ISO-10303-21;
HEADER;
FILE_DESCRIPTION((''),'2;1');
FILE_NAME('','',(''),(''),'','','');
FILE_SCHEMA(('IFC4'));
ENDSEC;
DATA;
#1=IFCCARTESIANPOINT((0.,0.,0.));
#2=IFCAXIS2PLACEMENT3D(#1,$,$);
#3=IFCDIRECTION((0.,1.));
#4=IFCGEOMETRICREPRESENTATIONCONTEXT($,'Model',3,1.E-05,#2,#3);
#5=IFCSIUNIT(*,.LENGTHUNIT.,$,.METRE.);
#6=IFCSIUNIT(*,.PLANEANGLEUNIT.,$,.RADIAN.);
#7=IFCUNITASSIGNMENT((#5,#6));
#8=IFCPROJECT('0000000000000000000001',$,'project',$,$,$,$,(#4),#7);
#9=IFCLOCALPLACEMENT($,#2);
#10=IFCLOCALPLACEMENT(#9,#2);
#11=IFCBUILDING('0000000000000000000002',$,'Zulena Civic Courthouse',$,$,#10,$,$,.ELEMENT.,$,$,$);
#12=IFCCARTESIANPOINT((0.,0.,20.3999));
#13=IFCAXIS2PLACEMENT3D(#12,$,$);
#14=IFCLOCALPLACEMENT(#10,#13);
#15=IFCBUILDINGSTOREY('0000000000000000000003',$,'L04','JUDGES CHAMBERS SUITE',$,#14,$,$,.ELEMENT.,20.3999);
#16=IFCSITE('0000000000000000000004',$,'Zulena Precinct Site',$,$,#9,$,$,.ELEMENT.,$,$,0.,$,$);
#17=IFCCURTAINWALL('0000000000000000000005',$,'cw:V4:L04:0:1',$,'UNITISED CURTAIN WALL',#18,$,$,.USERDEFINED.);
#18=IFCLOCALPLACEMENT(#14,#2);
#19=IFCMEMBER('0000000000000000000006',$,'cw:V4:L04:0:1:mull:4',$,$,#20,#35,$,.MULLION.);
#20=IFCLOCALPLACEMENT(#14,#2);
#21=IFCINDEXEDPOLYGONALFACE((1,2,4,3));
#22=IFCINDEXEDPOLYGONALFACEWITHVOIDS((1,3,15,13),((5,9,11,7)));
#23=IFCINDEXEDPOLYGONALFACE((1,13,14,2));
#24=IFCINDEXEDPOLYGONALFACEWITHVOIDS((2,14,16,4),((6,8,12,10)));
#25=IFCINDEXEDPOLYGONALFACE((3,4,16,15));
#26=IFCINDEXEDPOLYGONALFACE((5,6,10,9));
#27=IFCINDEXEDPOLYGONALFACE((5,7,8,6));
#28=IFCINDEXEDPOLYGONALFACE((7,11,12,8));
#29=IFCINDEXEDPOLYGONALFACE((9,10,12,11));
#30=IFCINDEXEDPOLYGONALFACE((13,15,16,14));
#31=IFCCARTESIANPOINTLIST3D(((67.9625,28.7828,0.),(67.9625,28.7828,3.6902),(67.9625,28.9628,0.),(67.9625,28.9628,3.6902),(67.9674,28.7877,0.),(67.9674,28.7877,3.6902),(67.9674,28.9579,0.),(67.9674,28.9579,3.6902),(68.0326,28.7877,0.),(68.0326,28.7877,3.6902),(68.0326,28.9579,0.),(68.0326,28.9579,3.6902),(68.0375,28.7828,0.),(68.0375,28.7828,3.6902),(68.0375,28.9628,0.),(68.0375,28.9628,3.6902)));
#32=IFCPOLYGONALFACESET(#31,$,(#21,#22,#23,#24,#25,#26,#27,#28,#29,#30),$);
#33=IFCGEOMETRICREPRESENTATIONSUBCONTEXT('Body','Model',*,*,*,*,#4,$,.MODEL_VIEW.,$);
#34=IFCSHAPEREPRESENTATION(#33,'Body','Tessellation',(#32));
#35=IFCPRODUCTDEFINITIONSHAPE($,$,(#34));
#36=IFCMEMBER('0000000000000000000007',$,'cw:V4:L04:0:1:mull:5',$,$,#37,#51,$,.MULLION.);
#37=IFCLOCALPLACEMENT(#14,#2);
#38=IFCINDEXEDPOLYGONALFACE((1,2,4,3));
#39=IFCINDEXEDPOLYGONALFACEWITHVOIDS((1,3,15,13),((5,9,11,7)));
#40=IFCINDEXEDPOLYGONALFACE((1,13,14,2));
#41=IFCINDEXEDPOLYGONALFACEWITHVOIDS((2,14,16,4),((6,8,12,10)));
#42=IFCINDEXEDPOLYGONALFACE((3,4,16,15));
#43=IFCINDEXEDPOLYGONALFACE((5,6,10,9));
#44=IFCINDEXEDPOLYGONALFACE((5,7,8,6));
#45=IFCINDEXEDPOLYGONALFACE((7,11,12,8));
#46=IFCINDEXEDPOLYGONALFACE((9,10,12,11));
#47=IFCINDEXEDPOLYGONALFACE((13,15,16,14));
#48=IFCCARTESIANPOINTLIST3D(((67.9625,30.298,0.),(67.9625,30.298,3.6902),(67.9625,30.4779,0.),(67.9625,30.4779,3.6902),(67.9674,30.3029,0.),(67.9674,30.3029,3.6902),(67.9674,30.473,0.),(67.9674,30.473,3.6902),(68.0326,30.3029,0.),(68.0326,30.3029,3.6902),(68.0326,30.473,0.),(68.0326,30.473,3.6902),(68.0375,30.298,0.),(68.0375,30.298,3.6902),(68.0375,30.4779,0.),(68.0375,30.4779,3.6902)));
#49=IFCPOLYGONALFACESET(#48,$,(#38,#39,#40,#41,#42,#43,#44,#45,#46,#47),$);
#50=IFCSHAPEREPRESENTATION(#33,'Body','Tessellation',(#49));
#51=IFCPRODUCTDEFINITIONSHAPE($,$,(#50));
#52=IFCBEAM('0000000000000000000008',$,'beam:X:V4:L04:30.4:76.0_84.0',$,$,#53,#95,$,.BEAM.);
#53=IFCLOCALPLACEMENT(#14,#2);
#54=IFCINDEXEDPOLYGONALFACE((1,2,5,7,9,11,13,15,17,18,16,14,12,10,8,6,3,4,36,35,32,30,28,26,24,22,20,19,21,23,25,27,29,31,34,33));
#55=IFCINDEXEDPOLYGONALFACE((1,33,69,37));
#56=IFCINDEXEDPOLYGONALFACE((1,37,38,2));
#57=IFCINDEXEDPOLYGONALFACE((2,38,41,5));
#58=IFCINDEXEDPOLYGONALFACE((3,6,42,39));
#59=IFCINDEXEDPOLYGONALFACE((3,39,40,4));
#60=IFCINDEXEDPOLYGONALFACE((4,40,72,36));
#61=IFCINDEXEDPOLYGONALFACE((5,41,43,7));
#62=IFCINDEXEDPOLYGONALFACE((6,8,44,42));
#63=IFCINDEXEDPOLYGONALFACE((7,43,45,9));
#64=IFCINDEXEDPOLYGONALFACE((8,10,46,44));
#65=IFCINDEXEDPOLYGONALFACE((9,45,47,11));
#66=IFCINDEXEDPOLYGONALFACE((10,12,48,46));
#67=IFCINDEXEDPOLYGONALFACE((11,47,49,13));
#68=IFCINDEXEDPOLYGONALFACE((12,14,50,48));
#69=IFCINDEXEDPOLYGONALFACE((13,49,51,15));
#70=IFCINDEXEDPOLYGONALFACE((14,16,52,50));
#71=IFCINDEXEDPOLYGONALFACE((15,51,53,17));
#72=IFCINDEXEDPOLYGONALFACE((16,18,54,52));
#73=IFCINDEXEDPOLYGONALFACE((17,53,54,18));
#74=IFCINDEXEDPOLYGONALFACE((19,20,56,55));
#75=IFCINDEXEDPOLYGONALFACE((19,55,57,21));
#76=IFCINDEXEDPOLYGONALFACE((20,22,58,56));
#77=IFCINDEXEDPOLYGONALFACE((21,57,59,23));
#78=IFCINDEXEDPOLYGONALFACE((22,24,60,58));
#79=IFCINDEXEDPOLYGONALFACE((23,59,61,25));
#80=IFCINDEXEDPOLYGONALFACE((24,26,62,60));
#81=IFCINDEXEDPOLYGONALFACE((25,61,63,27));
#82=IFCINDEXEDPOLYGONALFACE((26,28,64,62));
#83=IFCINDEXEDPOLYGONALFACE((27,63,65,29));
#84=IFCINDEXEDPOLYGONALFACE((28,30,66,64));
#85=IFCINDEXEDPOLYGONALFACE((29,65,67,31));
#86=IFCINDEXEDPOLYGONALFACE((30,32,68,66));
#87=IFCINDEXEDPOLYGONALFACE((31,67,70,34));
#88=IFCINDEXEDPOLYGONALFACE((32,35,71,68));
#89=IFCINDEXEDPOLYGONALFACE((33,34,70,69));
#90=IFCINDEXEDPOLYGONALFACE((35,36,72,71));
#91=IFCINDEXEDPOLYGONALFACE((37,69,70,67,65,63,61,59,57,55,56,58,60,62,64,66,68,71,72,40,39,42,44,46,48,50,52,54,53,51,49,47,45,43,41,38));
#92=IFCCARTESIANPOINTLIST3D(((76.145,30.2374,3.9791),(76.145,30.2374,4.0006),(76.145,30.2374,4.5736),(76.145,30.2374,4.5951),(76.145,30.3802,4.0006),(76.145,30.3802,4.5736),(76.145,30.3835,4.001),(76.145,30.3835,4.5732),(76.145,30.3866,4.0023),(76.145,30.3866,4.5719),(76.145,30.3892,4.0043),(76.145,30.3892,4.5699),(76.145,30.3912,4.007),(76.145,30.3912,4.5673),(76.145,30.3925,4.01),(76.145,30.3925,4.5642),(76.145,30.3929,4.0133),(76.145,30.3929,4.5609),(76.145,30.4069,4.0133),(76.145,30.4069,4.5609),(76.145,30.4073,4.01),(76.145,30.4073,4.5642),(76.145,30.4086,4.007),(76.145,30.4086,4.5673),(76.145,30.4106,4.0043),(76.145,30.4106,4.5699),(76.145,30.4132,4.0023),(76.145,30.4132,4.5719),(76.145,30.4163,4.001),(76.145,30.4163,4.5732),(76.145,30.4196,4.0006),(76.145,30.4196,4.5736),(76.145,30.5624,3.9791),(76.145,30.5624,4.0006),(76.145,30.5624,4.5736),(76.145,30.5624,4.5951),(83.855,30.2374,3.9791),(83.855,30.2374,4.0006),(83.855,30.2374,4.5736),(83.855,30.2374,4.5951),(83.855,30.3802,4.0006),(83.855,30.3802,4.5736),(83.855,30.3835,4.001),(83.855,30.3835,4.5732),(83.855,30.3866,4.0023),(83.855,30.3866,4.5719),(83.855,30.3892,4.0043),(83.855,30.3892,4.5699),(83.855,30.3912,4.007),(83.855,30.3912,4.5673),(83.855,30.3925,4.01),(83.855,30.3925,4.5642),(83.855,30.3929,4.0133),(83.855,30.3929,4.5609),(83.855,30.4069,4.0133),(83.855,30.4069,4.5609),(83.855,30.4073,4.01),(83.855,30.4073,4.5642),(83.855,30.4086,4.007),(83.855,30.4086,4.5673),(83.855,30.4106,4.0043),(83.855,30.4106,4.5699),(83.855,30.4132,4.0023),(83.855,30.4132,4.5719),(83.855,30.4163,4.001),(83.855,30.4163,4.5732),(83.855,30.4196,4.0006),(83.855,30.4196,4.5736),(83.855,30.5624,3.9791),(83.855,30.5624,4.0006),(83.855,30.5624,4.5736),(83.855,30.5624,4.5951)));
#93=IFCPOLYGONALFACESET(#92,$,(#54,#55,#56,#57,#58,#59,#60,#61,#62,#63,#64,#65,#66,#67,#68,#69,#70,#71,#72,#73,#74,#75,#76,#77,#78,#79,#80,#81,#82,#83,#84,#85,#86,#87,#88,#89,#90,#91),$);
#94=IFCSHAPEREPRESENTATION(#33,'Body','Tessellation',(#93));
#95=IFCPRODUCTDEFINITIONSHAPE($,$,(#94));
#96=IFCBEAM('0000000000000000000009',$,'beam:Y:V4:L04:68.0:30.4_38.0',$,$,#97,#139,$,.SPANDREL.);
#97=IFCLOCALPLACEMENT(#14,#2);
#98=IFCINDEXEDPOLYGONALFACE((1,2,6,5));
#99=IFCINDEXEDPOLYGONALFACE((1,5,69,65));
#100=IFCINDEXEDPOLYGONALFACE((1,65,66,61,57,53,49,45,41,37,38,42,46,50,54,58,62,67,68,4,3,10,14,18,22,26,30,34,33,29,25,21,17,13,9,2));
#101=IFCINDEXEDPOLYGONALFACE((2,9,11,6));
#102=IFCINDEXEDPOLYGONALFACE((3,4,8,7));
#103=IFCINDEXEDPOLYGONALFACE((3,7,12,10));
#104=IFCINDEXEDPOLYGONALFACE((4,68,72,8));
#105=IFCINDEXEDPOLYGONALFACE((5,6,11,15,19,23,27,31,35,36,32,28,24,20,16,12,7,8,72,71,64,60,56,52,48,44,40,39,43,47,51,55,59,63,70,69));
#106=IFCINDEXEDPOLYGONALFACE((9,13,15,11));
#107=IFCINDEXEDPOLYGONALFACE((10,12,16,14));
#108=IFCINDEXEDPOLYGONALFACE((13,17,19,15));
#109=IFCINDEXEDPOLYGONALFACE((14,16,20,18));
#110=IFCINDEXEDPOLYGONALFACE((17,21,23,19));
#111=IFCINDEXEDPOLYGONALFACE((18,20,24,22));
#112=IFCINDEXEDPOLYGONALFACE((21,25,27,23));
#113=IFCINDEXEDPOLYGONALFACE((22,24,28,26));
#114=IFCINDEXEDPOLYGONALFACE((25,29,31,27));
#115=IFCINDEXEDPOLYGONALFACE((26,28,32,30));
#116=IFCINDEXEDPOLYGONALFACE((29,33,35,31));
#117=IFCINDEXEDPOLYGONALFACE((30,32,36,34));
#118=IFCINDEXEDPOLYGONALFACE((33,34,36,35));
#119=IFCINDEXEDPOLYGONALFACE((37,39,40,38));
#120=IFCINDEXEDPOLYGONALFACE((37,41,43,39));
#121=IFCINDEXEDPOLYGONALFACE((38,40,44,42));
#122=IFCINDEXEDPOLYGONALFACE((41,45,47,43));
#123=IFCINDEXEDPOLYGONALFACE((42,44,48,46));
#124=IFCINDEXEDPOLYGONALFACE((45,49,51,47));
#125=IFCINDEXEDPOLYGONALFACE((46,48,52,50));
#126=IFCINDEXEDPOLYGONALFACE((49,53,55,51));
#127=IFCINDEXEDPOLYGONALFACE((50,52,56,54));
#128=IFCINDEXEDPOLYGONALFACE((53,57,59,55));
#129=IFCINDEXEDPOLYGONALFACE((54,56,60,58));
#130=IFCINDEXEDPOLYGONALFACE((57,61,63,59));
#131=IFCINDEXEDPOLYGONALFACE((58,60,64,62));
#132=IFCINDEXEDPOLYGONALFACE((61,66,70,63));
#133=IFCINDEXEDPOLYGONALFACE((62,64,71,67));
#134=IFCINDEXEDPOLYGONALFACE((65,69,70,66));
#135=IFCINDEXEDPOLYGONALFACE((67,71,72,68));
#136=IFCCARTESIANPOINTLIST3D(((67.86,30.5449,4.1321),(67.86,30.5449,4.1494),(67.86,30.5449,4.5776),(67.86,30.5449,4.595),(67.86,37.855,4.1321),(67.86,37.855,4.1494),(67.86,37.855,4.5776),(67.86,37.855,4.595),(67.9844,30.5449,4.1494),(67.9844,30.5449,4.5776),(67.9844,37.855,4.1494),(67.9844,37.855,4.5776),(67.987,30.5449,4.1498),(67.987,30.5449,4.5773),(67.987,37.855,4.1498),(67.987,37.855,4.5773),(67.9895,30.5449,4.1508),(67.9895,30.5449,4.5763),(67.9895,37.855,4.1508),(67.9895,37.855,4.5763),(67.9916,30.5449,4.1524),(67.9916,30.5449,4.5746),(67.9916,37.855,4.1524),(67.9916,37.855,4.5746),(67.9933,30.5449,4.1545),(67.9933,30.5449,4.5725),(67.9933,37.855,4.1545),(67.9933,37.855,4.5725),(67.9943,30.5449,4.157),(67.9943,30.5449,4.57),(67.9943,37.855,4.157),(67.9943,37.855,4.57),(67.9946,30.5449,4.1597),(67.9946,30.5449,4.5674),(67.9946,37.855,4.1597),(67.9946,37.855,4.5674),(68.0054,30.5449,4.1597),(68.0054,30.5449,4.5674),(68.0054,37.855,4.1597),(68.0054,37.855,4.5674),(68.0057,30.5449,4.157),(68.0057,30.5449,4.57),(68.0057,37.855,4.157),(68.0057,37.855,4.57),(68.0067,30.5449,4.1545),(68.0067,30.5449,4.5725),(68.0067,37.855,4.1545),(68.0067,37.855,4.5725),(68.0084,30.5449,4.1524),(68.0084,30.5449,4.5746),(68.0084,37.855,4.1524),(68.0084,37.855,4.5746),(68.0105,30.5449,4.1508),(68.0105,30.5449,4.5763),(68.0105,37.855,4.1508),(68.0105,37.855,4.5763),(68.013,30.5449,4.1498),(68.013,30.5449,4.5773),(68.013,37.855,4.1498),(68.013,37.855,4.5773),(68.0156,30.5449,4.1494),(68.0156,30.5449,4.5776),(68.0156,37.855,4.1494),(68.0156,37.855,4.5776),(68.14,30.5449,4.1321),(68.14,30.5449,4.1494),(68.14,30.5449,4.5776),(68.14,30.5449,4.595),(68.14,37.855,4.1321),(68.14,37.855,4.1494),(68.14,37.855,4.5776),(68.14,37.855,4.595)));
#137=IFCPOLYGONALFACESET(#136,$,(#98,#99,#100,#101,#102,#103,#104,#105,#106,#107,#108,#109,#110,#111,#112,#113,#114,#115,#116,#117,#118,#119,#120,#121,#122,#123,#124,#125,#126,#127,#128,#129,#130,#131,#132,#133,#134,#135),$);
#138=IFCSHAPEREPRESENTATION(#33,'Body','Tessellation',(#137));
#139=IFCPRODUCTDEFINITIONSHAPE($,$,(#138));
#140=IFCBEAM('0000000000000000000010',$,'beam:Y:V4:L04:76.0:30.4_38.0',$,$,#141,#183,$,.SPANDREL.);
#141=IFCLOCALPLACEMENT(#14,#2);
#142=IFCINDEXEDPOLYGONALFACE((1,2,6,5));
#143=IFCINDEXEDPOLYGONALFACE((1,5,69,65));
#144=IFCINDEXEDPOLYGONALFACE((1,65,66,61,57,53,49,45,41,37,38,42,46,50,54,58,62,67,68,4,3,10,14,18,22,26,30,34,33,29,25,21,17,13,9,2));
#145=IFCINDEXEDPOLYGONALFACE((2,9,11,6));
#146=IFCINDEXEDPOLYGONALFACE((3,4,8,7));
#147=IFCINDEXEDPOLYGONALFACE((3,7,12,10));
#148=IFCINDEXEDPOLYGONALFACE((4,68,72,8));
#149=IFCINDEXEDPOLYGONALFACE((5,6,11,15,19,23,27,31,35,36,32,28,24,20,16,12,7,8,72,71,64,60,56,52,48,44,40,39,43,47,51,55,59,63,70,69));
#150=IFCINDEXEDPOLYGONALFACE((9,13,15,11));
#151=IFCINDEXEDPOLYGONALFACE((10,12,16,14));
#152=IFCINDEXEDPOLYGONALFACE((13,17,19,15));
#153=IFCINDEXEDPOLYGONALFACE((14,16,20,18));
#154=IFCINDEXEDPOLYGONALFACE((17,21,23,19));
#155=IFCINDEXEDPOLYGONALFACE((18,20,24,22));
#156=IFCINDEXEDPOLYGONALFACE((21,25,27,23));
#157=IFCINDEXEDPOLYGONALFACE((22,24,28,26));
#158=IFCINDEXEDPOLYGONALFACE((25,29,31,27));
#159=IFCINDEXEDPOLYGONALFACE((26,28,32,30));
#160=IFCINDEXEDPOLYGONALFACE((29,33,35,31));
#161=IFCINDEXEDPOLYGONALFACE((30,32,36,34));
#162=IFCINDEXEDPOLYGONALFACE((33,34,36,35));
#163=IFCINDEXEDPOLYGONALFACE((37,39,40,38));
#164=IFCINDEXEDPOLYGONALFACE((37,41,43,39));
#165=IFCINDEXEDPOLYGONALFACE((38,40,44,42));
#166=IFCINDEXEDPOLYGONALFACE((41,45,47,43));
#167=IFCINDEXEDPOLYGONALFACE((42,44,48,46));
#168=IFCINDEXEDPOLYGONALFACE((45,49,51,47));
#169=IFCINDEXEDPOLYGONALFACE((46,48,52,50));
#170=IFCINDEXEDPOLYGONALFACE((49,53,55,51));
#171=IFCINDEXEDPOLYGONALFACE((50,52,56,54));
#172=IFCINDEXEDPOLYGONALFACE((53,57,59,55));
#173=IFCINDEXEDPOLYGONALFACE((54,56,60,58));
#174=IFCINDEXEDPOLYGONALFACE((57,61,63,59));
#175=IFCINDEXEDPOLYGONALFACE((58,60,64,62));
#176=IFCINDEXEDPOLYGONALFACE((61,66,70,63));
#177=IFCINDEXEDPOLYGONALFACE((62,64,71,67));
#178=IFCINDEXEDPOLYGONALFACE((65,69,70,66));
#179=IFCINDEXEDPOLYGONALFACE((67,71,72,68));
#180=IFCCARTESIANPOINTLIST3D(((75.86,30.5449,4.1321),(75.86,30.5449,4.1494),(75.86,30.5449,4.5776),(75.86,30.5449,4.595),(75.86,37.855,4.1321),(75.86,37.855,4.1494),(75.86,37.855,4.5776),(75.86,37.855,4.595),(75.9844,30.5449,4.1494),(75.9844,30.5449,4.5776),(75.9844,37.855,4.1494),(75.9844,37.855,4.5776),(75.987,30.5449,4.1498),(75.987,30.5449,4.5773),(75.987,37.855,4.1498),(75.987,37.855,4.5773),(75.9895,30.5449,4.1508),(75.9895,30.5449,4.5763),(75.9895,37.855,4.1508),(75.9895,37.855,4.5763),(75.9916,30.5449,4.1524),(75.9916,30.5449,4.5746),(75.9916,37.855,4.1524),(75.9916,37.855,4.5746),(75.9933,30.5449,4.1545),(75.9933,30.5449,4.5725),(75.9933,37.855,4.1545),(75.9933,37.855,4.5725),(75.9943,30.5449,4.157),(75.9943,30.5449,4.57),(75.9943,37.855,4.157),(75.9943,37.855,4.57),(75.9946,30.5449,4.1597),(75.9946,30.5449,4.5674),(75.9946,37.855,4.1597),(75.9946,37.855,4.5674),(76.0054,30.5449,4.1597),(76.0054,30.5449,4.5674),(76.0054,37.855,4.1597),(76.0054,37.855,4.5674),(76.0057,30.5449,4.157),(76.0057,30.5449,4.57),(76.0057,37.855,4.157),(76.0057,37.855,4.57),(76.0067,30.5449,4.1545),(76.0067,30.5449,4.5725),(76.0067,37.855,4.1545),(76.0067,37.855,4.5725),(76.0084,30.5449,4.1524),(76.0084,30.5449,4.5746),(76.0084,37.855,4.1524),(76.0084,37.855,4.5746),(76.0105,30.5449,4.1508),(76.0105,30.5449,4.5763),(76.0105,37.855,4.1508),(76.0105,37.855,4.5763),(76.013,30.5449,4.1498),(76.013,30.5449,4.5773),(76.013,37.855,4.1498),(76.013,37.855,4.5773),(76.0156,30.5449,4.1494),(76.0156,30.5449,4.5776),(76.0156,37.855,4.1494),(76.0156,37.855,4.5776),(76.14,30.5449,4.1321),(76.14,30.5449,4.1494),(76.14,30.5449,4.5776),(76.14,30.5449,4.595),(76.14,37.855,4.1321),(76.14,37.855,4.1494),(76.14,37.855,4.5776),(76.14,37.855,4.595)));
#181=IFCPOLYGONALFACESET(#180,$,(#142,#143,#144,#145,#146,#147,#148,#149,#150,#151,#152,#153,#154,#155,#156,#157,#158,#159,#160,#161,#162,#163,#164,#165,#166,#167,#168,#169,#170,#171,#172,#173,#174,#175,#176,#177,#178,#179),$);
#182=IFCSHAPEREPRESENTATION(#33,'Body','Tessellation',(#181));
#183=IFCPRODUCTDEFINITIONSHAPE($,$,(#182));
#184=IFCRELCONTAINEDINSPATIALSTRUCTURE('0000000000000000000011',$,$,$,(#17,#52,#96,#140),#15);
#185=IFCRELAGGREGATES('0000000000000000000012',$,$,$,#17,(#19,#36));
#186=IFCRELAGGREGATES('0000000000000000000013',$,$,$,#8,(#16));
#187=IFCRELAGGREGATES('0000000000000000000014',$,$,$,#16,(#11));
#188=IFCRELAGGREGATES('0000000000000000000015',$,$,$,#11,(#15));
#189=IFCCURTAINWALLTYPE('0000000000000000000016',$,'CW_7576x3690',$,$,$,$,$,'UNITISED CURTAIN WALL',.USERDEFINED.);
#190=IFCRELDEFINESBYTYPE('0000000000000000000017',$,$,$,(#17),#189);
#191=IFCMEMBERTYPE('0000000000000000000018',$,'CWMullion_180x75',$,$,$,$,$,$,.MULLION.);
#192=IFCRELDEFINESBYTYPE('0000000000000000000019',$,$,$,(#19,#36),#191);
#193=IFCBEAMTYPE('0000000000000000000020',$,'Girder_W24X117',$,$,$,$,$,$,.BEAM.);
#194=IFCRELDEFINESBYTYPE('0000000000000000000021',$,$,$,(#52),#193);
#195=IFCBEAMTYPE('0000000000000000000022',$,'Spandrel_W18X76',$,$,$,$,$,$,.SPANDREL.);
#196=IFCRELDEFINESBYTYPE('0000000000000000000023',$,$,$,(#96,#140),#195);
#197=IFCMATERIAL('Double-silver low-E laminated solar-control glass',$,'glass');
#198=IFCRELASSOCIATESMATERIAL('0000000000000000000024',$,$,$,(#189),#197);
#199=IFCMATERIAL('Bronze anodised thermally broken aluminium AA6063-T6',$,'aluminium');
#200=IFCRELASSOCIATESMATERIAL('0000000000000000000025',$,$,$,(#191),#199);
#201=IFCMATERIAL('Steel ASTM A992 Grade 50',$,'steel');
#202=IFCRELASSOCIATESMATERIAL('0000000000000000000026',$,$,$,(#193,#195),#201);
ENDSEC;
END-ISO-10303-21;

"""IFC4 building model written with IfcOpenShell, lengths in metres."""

from ifc_helpers import new_model, si_unit, direction, frame, origin, origin_2d, place, context, subcontext, project, spatial, hollow_rectangle, i_section, extrude, material, material_profile, profile_set, type_object, element, aggregate, save


model = new_model("IFC4")

# Units and contexts
model_context = context("Model", 3, precision=1e-05, world=origin(), true_north=direction((0.0, 1.0)))
body_context = subcontext(model_context, "Body", "Model", "MODEL_VIEW")
ifc_project = project(units=[si_unit("LENGTHUNIT", "METRE"), si_unit("PLANEANGLEUNIT", "RADIAN")], contexts=[model_context])

# Site, building, storey
site_placement = place(None, origin())
site = spatial("IfcSite", under=ifc_project, at=site_placement, Name="Zulena Precinct Site", CompositionType="ELEMENT", RefElevation=0.0)
building_placement = place(site_placement, origin())
building = spatial("IfcBuilding", under=site, at=building_placement, Name="Zulena Civic Courthouse", CompositionType="ELEMENT")
storey_placement = place(building_placement, frame((0.0, 0.0, 20.3999)))
storey = spatial("IfcBuildingStorey", under=building, at=storey_placement, Name="L04", Description="JUDGES CHAMBERS SUITE", CompositionType="ELEMENT", Elevation=20.3999)

# Shared definitions
ifc_material_1 = material(Name="Steel ASTM A992 Grade 50", Category="steel")

# Curtain wall, members
ifc_material_2 = material(Name="Double-silver low-E laminated solar-control glass", Category="glass")
curtain_wall_type = type_object("IfcCurtainWallType", Name="CW_7576x3690", ElementType="UNITISED CURTAIN WALL", PredefinedType="USERDEFINED", material=ifc_material_2)
curtain_wall_placement = place(storey_placement, origin())
curtain_wall = element("IfcCurtainWall", 1, at=curtain_wall_placement, inside=storey, type_object=curtain_wall_type, Name="cw:V4:L04:0:1", ObjectType="UNITISED CURTAIN WALL", PredefinedType="USERDEFINED")
ifc_material_3 = material(Name="Bronze anodised thermally broken aluminium AA6063-T6", Category="aluminium")
ifc_material_profile_1 = material_profile(ifc_material_3, hollow_rectangle(XDim=0.075, YDim=0.1799, WallThickness=0.0049, at=origin_2d()), Name="CWM180X75X5")
ifc_profile_set_1 = profile_set([ifc_material_profile_1], Name="Bronze anodised thermally broken aluminium AA6063-T6")
member_type = type_object("IfcMemberType", Name="CWMullion_180x75", PredefinedType="MULLION", material=ifc_profile_set_1)
member_1_placement = place(storey_placement, frame((68.0, 28.8728, 0.0), z_axis=(0.0, 0.0, 1.0), x_axis=(1.0, 0.0, 0.0)))
member_1 = element("IfcMember", 2, at=member_1_placement, type_object=member_type, Name="cw:V4:L04:0:1:mull:4", PredefinedType="MULLION", context=body_context, shape_type="SweptSolid", body=[
    extrude(hollow_rectangle(XDim=0.075, YDim=0.1799, WallThickness=0.0049, at=origin_2d()), origin(), (0.0, 0.0, 1.0), 3.6902),
])
member_2_placement = place(storey_placement, frame((68.0, 30.3879, 0.0), z_axis=(0.0, 0.0, 1.0), x_axis=(1.0, 0.0, 0.0)))
member_2 = element("IfcMember", 3, at=member_2_placement, type_object=member_type, Name="cw:V4:L04:0:1:mull:5", PredefinedType="MULLION", context=body_context, shape_type="SweptSolid", body=[
    extrude(hollow_rectangle(XDim=0.075, YDim=0.1799, WallThickness=0.0049, at=origin_2d()), origin(), (0.0, 0.0, 1.0), 3.6902),
])

# Beams
ifc_material_profile_2 = material_profile(ifc_material_1, i_section(OverallWidth=0.325, OverallDepth=0.616, WebThickness=0.0139, FlangeThickness=0.0215, FilletRadius=0.0127, at=origin_2d()), Name="W24X117")
ifc_profile_set_2 = profile_set([ifc_material_profile_2], Name="Steel ASTM A992 Grade 50")
beam_type_1 = type_object("IfcBeamType", Name="Girder_W24X117", PredefinedType="BEAM", material=ifc_profile_set_2)
beam_placement = place(storey_placement, frame((76.145, 30.3999, 4.2871), z_axis=(1.0, 0.0, 0.0), x_axis=(0.0, 1.0, 0.0)))
element("IfcBeam", 4, at=beam_placement, inside=storey, type_object=beam_type_1, Name="beam:X:V4:L04:30.4:76.0_84.0", PredefinedType="BEAM", context=body_context, shape_type="SweptSolid", body=[
    extrude(i_section(OverallWidth=0.325, OverallDepth=0.616, WebThickness=0.0139, FlangeThickness=0.0215, FilletRadius=0.0127, at=origin_2d()), origin(), (0.0, 0.0, 1.0), 7.71),
])
ifc_material_profile_3 = material_profile(ifc_material_1, i_section(OverallWidth=0.28, OverallDepth=0.4629, WebThickness=0.0107, FlangeThickness=0.0173, FilletRadius=0.0103, at=origin_2d()), Name="W18X76")
ifc_profile_set_3 = profile_set([ifc_material_profile_3], Name="Steel ASTM A992 Grade 50")
beam_type_2 = type_object("IfcBeamType", Name="Spandrel_W18X76", PredefinedType="SPANDREL", material=ifc_profile_set_3)
for number, where, z_axis, x_axis, name in (
    (5, (68.0, 30.5449, 4.3635), (0.0, 1.0, 0.0), (-1.0, 0.0, 0.0), "beam:Y:V4:L04:68.0:30.4_38.0"),
    (6, (76.0, 30.5449, 4.3635), (0.0, 1.0, 0.0), (-1.0, 0.0, 0.0), "beam:Y:V4:L04:76.0:30.4_38.0"),
):
    element("IfcBeam", number, at=place(storey_placement, frame(where, z_axis=z_axis, x_axis=x_axis)), inside=storey, type_object=beam_type_2, Name=name, PredefinedType="SPANDREL", context=body_context, shape_type="SweptSolid", body=[
        extrude(i_section(OverallWidth=0.28, OverallDepth=0.4629, WebThickness=0.0107, FlangeThickness=0.0173, FilletRadius=0.0103, at=origin_2d()), origin(), (0.0, 0.0, 1.0), 7.3101),
    ])

aggregate(curtain_wall, [member_1, member_2])

save(model, "model.ifc")
